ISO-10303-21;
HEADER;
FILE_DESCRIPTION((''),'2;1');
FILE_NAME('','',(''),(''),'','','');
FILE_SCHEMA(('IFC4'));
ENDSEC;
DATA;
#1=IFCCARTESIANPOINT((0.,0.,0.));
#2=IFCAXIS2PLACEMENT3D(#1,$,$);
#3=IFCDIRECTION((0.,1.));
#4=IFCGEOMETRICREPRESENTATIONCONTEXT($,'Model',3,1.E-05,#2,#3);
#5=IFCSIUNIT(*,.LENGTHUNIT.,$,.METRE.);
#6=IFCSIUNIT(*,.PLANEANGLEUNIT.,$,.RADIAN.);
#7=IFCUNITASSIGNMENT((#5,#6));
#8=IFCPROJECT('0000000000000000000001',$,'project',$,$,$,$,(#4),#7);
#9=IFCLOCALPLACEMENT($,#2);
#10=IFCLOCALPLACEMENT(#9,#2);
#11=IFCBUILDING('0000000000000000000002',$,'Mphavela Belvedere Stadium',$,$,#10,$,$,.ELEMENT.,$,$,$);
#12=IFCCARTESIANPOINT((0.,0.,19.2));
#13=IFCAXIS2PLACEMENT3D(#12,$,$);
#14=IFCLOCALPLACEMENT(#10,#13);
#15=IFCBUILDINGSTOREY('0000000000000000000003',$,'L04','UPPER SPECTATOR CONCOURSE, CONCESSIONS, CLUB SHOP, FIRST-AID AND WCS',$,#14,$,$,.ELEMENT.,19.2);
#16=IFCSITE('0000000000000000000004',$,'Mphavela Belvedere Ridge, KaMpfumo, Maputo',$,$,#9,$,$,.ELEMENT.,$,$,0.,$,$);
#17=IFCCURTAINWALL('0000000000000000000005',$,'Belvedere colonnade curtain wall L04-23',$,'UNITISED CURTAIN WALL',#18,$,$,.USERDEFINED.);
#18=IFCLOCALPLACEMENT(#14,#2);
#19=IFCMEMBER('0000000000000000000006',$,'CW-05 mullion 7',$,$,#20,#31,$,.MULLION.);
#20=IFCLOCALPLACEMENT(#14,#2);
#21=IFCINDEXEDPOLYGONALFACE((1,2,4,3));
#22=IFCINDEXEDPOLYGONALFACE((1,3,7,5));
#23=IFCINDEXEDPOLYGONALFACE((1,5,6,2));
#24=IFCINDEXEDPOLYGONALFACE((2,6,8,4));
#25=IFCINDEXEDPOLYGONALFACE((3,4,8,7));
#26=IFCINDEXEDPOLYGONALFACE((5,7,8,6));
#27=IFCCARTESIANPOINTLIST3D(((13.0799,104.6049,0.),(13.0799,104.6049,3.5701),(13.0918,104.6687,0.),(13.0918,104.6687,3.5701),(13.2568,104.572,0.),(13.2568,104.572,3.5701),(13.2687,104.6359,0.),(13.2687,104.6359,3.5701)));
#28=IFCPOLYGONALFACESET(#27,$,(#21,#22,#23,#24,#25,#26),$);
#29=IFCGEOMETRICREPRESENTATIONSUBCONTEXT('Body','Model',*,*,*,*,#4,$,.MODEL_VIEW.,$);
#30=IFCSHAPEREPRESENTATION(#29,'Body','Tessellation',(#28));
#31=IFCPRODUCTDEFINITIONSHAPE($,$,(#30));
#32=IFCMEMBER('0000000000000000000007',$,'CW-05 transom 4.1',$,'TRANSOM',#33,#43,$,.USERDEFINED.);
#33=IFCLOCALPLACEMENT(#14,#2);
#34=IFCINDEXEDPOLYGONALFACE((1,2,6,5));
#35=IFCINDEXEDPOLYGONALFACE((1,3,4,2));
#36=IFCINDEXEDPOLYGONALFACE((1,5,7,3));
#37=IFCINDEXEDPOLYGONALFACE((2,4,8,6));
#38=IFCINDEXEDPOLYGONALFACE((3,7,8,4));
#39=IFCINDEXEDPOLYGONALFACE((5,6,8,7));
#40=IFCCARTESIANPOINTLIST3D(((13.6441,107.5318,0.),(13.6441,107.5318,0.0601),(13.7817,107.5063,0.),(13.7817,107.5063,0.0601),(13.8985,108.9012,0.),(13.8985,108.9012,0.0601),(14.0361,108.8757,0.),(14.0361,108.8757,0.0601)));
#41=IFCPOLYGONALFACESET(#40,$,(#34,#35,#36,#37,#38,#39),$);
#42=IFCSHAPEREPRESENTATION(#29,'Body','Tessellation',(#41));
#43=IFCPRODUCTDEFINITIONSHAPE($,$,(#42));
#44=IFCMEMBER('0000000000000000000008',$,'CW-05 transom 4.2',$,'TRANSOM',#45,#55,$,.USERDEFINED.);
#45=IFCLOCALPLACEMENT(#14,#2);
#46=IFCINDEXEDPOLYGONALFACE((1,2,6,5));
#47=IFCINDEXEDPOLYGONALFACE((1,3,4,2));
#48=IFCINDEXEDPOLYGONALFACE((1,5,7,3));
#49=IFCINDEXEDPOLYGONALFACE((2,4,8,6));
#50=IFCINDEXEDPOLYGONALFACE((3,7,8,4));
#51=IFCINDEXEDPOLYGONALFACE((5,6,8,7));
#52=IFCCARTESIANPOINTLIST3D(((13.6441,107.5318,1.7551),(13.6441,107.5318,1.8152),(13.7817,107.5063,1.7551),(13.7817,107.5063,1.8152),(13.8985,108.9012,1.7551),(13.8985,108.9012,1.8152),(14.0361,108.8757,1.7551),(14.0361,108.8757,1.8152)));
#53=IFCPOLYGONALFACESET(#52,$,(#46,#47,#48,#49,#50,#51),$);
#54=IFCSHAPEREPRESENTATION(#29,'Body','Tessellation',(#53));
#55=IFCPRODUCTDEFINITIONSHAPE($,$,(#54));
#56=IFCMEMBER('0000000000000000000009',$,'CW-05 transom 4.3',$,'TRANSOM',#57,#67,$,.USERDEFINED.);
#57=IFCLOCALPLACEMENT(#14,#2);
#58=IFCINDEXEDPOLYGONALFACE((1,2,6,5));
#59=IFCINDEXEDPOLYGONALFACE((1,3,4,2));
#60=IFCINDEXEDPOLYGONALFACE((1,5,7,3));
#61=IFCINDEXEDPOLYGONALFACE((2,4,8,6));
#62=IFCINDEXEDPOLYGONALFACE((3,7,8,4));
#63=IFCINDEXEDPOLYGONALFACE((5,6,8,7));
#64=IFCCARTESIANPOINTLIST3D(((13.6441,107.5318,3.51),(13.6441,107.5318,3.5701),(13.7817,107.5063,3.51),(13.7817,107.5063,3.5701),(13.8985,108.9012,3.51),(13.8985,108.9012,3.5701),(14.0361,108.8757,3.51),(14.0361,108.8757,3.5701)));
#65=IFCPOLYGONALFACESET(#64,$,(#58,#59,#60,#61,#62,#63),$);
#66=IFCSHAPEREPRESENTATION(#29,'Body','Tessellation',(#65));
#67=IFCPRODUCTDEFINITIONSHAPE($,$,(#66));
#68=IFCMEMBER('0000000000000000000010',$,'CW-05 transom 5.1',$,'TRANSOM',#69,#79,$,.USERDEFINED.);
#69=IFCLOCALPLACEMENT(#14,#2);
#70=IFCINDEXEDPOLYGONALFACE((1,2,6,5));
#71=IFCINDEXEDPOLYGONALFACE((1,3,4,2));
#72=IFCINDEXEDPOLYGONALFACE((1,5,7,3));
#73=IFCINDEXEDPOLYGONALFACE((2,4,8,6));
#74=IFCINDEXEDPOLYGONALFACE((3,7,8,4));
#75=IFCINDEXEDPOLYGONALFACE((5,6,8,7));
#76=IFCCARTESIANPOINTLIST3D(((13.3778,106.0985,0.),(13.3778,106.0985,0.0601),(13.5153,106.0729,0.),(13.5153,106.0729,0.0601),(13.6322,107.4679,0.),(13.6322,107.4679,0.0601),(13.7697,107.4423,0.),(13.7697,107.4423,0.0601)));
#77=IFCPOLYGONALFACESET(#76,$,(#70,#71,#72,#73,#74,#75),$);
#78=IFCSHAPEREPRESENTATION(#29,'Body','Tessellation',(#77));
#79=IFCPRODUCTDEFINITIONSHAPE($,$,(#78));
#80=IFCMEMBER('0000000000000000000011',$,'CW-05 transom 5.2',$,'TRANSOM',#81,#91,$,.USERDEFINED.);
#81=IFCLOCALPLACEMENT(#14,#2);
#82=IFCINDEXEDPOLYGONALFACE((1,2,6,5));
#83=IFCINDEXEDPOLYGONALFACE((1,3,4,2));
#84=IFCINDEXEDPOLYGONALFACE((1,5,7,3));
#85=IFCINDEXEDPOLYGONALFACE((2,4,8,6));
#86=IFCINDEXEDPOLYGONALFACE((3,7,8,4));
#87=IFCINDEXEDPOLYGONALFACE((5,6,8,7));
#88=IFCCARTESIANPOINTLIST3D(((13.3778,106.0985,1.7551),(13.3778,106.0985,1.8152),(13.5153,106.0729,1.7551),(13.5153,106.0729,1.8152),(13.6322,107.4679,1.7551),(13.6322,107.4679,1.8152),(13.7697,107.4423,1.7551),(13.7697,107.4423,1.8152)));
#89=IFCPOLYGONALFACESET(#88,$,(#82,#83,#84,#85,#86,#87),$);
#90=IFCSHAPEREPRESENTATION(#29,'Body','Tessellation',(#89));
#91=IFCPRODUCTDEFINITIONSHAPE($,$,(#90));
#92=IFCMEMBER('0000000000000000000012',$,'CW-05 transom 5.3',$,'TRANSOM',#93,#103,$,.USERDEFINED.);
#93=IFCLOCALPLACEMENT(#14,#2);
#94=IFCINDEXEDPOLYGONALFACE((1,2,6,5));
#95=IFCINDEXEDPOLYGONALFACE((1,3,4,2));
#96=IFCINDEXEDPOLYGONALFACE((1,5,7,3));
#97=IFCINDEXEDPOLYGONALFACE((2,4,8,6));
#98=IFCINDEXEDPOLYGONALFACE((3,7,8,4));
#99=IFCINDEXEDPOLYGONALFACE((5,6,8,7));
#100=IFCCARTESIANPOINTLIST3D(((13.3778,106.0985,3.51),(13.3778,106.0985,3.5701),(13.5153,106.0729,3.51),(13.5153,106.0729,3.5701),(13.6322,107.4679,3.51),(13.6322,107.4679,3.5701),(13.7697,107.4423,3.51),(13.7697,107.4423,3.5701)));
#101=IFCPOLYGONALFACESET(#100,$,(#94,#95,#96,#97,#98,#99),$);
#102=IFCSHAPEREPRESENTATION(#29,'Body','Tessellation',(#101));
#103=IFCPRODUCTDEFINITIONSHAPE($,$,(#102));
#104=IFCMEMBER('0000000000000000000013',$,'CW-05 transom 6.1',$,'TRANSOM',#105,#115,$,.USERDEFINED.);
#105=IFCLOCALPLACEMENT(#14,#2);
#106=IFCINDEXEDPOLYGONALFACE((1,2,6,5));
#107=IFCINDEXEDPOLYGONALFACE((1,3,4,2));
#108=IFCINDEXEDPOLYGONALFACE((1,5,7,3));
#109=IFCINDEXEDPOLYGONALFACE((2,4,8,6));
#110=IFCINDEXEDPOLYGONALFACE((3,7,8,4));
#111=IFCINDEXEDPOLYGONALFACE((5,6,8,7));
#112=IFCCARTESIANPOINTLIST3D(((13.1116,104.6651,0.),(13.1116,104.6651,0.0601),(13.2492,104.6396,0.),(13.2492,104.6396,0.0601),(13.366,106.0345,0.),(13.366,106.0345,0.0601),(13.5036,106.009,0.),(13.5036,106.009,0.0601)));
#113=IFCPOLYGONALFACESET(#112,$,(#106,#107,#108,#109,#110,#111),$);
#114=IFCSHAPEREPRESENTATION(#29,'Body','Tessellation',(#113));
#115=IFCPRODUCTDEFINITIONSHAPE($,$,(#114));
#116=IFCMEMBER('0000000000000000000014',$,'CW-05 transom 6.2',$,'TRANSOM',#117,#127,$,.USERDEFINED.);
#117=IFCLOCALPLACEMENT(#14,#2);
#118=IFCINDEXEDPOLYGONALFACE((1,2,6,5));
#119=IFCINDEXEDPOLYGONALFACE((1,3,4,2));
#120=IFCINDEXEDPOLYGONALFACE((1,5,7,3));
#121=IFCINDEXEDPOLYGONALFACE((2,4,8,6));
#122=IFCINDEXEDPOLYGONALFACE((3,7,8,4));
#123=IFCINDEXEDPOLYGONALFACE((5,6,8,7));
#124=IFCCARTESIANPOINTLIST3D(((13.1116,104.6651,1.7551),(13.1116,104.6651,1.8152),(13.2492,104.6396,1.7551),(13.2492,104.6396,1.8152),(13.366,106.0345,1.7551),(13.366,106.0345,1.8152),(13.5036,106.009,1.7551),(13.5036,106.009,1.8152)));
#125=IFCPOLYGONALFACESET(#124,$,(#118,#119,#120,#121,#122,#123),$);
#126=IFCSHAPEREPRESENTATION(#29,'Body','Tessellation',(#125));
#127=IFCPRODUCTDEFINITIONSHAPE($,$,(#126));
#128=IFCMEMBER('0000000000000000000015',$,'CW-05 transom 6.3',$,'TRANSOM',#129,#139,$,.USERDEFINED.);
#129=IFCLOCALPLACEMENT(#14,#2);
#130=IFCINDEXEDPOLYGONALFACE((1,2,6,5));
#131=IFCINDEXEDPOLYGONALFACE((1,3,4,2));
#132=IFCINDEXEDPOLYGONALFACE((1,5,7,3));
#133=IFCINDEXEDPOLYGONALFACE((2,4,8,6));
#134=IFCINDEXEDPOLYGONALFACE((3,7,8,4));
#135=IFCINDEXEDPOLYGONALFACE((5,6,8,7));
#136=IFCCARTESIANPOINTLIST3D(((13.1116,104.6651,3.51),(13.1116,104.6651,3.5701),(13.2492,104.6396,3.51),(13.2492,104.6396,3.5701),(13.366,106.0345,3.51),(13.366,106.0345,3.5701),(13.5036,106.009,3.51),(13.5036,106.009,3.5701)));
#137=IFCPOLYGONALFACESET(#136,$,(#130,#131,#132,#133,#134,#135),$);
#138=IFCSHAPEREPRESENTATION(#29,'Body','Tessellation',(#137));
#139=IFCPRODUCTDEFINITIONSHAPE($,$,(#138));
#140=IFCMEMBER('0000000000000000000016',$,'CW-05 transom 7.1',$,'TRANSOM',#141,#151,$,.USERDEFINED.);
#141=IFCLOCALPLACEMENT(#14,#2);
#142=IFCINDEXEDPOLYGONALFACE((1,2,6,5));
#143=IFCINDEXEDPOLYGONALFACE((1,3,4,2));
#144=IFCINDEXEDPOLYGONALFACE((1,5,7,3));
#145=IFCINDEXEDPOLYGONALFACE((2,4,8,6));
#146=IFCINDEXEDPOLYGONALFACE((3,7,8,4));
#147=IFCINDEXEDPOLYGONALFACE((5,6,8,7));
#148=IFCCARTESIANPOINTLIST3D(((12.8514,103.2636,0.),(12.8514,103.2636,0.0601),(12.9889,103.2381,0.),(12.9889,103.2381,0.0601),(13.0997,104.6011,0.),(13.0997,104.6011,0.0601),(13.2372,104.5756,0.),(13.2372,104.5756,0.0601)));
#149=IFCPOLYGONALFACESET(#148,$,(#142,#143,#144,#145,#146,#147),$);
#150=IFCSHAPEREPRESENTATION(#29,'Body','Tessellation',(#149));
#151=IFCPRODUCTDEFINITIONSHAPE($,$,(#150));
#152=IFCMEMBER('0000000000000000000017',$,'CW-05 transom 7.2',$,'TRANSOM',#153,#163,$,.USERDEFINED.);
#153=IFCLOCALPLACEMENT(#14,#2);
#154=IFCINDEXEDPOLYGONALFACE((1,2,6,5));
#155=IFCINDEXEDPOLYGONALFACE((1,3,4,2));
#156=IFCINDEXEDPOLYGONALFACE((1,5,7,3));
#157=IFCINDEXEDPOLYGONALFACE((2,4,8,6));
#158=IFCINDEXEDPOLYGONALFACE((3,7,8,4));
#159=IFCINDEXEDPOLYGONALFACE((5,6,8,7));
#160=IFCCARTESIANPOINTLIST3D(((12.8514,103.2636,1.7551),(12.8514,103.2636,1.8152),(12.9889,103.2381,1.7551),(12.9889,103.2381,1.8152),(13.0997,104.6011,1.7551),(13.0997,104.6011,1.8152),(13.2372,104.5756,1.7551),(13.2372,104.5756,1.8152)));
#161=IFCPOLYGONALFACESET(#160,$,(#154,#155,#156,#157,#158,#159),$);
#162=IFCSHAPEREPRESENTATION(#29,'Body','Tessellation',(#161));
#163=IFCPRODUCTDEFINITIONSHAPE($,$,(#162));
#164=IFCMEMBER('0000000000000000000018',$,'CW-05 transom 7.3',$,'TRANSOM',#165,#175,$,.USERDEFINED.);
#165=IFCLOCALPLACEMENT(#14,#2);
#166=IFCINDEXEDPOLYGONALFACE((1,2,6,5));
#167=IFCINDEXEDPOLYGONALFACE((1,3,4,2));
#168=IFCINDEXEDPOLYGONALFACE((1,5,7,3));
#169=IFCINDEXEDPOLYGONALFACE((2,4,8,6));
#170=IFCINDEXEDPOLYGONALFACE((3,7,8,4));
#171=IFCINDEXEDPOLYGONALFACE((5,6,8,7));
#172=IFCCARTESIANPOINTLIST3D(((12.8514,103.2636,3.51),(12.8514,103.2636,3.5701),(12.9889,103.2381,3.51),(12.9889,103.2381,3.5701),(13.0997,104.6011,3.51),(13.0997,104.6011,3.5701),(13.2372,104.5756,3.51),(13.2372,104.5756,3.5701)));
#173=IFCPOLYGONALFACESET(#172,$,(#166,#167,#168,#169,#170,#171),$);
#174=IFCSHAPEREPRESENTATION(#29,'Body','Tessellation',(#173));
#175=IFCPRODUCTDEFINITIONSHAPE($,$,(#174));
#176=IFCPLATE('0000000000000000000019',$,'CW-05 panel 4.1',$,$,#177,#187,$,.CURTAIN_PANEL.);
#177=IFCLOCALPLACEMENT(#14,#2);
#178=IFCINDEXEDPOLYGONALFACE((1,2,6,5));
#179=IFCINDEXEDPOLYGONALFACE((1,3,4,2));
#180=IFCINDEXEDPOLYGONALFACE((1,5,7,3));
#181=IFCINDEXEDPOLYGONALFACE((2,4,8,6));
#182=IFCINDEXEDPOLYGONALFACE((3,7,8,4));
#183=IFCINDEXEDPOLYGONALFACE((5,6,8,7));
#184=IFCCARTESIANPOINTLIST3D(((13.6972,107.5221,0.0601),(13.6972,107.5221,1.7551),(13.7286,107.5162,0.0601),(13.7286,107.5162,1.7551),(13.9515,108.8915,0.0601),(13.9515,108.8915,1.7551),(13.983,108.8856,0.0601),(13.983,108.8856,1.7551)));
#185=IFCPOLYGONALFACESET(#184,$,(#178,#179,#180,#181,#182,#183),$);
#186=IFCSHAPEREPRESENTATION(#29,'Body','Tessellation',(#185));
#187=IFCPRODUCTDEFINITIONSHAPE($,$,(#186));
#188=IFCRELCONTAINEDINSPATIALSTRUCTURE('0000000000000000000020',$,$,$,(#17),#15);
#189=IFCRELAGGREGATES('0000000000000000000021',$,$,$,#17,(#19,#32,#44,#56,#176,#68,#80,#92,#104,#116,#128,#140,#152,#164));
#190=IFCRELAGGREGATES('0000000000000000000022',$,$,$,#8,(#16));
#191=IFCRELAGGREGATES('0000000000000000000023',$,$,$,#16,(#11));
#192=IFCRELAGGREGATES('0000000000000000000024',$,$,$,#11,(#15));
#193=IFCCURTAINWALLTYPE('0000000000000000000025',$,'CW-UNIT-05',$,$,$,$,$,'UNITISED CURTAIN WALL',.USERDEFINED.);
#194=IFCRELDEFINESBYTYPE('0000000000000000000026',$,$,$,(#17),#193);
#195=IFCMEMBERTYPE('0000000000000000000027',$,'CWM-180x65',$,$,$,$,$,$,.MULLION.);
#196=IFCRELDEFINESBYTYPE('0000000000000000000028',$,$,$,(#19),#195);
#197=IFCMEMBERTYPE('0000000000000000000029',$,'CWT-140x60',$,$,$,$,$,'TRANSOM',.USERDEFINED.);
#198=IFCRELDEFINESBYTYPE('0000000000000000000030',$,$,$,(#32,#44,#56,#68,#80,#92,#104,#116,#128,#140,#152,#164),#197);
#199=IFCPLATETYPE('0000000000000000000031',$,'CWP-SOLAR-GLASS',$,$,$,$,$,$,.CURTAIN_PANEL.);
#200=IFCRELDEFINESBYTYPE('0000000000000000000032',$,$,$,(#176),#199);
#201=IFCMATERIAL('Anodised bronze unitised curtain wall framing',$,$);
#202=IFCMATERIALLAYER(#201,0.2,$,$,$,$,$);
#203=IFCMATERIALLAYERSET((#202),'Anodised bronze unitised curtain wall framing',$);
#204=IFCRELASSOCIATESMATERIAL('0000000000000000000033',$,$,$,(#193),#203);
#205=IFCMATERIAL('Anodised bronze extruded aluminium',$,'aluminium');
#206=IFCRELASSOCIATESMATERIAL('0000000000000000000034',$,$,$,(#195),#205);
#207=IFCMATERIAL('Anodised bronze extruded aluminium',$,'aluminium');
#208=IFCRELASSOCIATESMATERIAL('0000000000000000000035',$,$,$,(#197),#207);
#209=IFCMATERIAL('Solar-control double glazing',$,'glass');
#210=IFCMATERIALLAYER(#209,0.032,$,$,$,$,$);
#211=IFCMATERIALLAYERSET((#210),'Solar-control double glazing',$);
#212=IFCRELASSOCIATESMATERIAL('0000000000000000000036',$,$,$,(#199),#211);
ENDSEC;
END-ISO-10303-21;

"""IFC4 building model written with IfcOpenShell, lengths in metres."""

from ifc_helpers import new_model, si_unit, direction, frame, origin, origin_2d, place, context, subcontext, project, spatial, rectangle, extrude, material, layer, layer_set, material_profile, profile_set, type_object, element, aggregate, save


model = new_model("IFC4")

# Units and contexts
model_context = context("Model", 3, precision=1e-05, world=origin(), true_north=direction((0.0, 1.0)))
body_context = subcontext(model_context, "Body", "Model", "MODEL_VIEW")
ifc_project = project(units=[si_unit("LENGTHUNIT", "METRE"), si_unit("PLANEANGLEUNIT", "RADIAN")], contexts=[model_context])

# Site, building, storey
site_placement = place(None, origin())
site = spatial("IfcSite", under=ifc_project, at=site_placement, Name="Mphavela Belvedere Ridge, KaMpfumo, Maputo", CompositionType="ELEMENT", RefElevation=0.0)
building_placement = place(site_placement, origin())
building = spatial("IfcBuilding", under=site, at=building_placement, Name="Mphavela Belvedere Stadium", CompositionType="ELEMENT")
storey_placement = place(building_placement, frame((0.0, 0.0, 19.2)))
storey = spatial("IfcBuildingStorey", under=building, at=storey_placement, Name="L04", Description="UPPER SPECTATOR CONCOURSE, CONCESSIONS, CLUB SHOP, FIRST-AID AND WCS", CompositionType="ELEMENT", Elevation=19.2)

# Curtain wall, members, plate
ifc_material_1 = material(Name="Anodised bronze unitised curtain wall framing")
ifc_layer_1 = layer(ifc_material_1, 0.2)
ifc_layer_set_1 = layer_set([ifc_layer_1], Name="Anodised bronze unitised curtain wall framing")
curtain_wall_type = type_object("IfcCurtainWallType", Name="CW-UNIT-05", ElementType="UNITISED CURTAIN WALL", PredefinedType="USERDEFINED", material=ifc_layer_set_1)
curtain_wall_placement = place(storey_placement, origin())
curtain_wall = element("IfcCurtainWall", 1, at=curtain_wall_placement, inside=storey, type_object=curtain_wall_type, Name="Belvedere colonnade curtain wall L04-23", ObjectType="UNITISED CURTAIN WALL", PredefinedType="USERDEFINED")
ifc_material_2 = material(Name="Anodised bronze extruded aluminium", Category="aluminium")
ifc_material_profile_1 = material_profile(ifc_material_2, rectangle(XDim=0.1799, YDim=0.0649, at=origin_2d()), Name="CW-MUL 180x65")
ifc_profile_set_1 = profile_set([ifc_material_profile_1], Name="Anodised bronze extruded aluminium")
member_type_1 = type_object("IfcMemberType", Name="CWM-180x65", PredefinedType="MULLION", material=ifc_profile_set_1)
member_1_placement = place(storey_placement, frame((13.1743, 104.6204, 0.0), z_axis=(0.0, 0.0, 1.0), x_axis=(0.983184, -0.182618, 0.0)))
member_1 = element("IfcMember", 2, at=member_1_placement, type_object=member_type_1, Name="CW-05 mullion 7", PredefinedType="MULLION", context=body_context, shape_type="SweptSolid", body=[
    extrude(rectangle(XDim=0.1799, YDim=0.0649, at=origin_2d()), origin(), (0.0, 0.0, 1.0), 3.5701),
])
ifc_material_3 = material(Name="Anodised bronze extruded aluminium", Category="aluminium")
ifc_material_profile_2 = material_profile(ifc_material_3, rectangle(XDim=0.1399, YDim=0.0601, at=origin_2d()), Name="CW-TRN 140x60")
ifc_profile_set_2 = profile_set([ifc_material_profile_2], Name="Anodised bronze extruded aluminium")
member_type_2 = type_object("IfcMemberType", Name="CWT-140x60", ElementType="TRANSOM", PredefinedType="USERDEFINED", material=ifc_profile_set_2)
member_2_placement = place(storey_placement, frame((13.9673, 108.8884, 0.03), z_axis=(-0.182648, -0.983178, 0.0), x_axis=(0.983178, -0.182648, 0.0)))
member_2 = element("IfcMember", 3, at=member_2_placement, type_object=member_type_2, Name="CW-05 transom 4.1", ObjectType="TRANSOM", PredefinedType="USERDEFINED", context=body_context, shape_type="SweptSolid", body=[
    extrude(rectangle(XDim=0.1399, YDim=0.0601, at=origin_2d()), origin(), (0.0, 0.0, 1.0), 1.3928),
])
member_3_placement = place(storey_placement, frame((13.9673, 108.8884, 1.7852), z_axis=(-0.182648, -0.983178, 0.0), x_axis=(0.983178, -0.182648, 0.0)))
member_3 = element("IfcMember", 4, at=member_3_placement, type_object=member_type_2, Name="CW-05 transom 4.2", ObjectType="TRANSOM", PredefinedType="USERDEFINED", context=body_context, shape_type="SweptSolid", body=[
    extrude(rectangle(XDim=0.1399, YDim=0.0601, at=origin_2d()), origin(), (0.0, 0.0, 1.0), 1.3928),
])
member_4_placement = place(storey_placement, frame((13.9673, 108.8884, 3.54), z_axis=(-0.182648, -0.983178, 0.0), x_axis=(0.983178, -0.182648, 0.0)))
member_4 = element("IfcMember", 5, at=member_4_placement, type_object=member_type_2, Name="CW-05 transom 4.3", ObjectType="TRANSOM", PredefinedType="USERDEFINED", context=body_context, shape_type="SweptSolid", body=[
    extrude(rectangle(XDim=0.1399, YDim=0.0601, at=origin_2d()), origin(), (0.0, 0.0, 1.0), 1.3928),
])
member_5_placement = place(storey_placement, frame((13.7009, 107.4551, 0.03), z_axis=(-0.182648, -0.983178, 0.0), x_axis=(0.983178, -0.182648, 0.0)))
member_5 = element("IfcMember", 6, at=member_5_placement, type_object=member_type_2, Name="CW-05 transom 5.1", ObjectType="TRANSOM", PredefinedType="USERDEFINED", context=body_context, shape_type="SweptSolid", body=[
    extrude(rectangle(XDim=0.1399, YDim=0.0601, at=origin_2d()), origin(), (0.0, 0.0, 1.0), 1.3928),
])
member_6_placement = place(storey_placement, frame((13.7009, 107.4551, 1.7852), z_axis=(-0.182648, -0.983178, 0.0), x_axis=(0.983178, -0.182648, 0.0)))
member_6 = element("IfcMember", 7, at=member_6_placement, type_object=member_type_2, Name="CW-05 transom 5.2", ObjectType="TRANSOM", PredefinedType="USERDEFINED", context=body_context, shape_type="SweptSolid", body=[
    extrude(rectangle(XDim=0.1399, YDim=0.0601, at=origin_2d()), origin(), (0.0, 0.0, 1.0), 1.3928),
])
member_7_placement = place(storey_placement, frame((13.7009, 107.4551, 3.54), z_axis=(-0.182648, -0.983178, 0.0), x_axis=(0.983178, -0.182648, 0.0)))
member_7 = element("IfcMember", 8, at=member_7_placement, type_object=member_type_2, Name="CW-05 transom 5.3", ObjectType="TRANSOM", PredefinedType="USERDEFINED", context=body_context, shape_type="SweptSolid", body=[
    extrude(rectangle(XDim=0.1399, YDim=0.0601, at=origin_2d()), origin(), (0.0, 0.0, 1.0), 1.3928),
])
member_8_placement = place(storey_placement, frame((13.4348, 106.0217, 0.03), z_axis=(-0.182648, -0.983178, 0.0), x_axis=(0.983178, -0.182648, 0.0)))
member_8 = element("IfcMember", 9, at=member_8_placement, type_object=member_type_2, Name="CW-05 transom 6.1", ObjectType="TRANSOM", PredefinedType="USERDEFINED", context=body_context, shape_type="SweptSolid", body=[
    extrude(rectangle(XDim=0.1399, YDim=0.0601, at=origin_2d()), origin(), (0.0, 0.0, 1.0), 1.3928),
])
member_9_placement = place(storey_placement, frame((13.4348, 106.0217, 1.7852), z_axis=(-0.182648, -0.983178, 0.0), x_axis=(0.983178, -0.182648, 0.0)))
member_9 = element("IfcMember", 10, at=member_9_placement, type_object=member_type_2, Name="CW-05 transom 6.2", ObjectType="TRANSOM", PredefinedType="USERDEFINED", context=body_context, shape_type="SweptSolid", body=[
    extrude(rectangle(XDim=0.1399, YDim=0.0601, at=origin_2d()), origin(), (0.0, 0.0, 1.0), 1.3928),
])
member_10_placement = place(storey_placement, frame((13.4348, 106.0217, 3.54), z_axis=(-0.182648, -0.983178, 0.0), x_axis=(0.983178, -0.182648, 0.0)))
member_10 = element("IfcMember", 11, at=member_10_placement, type_object=member_type_2, Name="CW-05 transom 6.3", ObjectType="TRANSOM", PredefinedType="USERDEFINED", context=body_context, shape_type="SweptSolid", body=[
    extrude(rectangle(XDim=0.1399, YDim=0.0601, at=origin_2d()), origin(), (0.0, 0.0, 1.0), 1.3928),
])
member_11_placement = place(storey_placement, frame((13.1685, 104.5884, 0.03), z_axis=(-0.182533, -0.9832, 0.0), x_axis=(0.9832, -0.182533, 0.0)))
member_11 = element("IfcMember", 12, at=member_11_placement, type_object=member_type_2, Name="CW-05 transom 7.1", ObjectType="TRANSOM", PredefinedType="USERDEFINED", context=body_context, shape_type="SweptSolid", body=[
    extrude(rectangle(XDim=0.1399, YDim=0.0601, at=origin_2d()), origin(), (0.0, 0.0, 1.0), 1.3604),
])
member_12_placement = place(storey_placement, frame((13.1685, 104.5884, 1.7852), z_axis=(-0.182533, -0.9832, 0.0), x_axis=(0.9832, -0.182533, 0.0)))
member_12 = element("IfcMember", 13, at=member_12_placement, type_object=member_type_2, Name="CW-05 transom 7.2", ObjectType="TRANSOM", PredefinedType="USERDEFINED", context=body_context, shape_type="SweptSolid", body=[
    extrude(rectangle(XDim=0.1399, YDim=0.0601, at=origin_2d()), origin(), (0.0, 0.0, 1.0), 1.3604),
])
member_13_placement = place(storey_placement, frame((13.1685, 104.5884, 3.54), z_axis=(-0.182533, -0.9832, 0.0), x_axis=(0.9832, -0.182533, 0.0)))
member_13 = element("IfcMember", 14, at=member_13_placement, type_object=member_type_2, Name="CW-05 transom 7.3", ObjectType="TRANSOM", PredefinedType="USERDEFINED", context=body_context, shape_type="SweptSolid", body=[
    extrude(rectangle(XDim=0.1399, YDim=0.0601, at=origin_2d()), origin(), (0.0, 0.0, 1.0), 1.3604),
])
ifc_material_4 = material(Name="Solar-control double glazing", Category="glass")
ifc_layer_2 = layer(ifc_material_4, 0.032)
ifc_layer_set_2 = layer_set([ifc_layer_2], Name="Solar-control double glazing")
plate_type = type_object("IfcPlateType", Name="CWP-SOLAR-GLASS", PredefinedType="CURTAIN_PANEL", material=ifc_layer_set_2)
plate_1_placement = place(storey_placement, frame((13.8401, 108.2039, 0.0601), z_axis=(0.0, 0.0, 1.0), x_axis=(-0.182618, -0.983184, 0.0)))
plate_1 = element("IfcPlate", 15, at=plate_1_placement, type_object=plate_type, Name="CW-05 panel 4.1", PredefinedType="CURTAIN_PANEL", context=body_context, shape_type="SweptSolid", body=[
    extrude(rectangle(XDim=1.3928, YDim=0.032, at=origin_2d()), origin(), (0.0, 0.0, 1.0), 1.6951),
])
aggregate(curtain_wall, [member_1, member_2, member_3, member_4, plate_1, member_5, member_6, member_7, member_8, member_9, member_10, member_11, member_12, member_13])

save(model, "model.ifc")
